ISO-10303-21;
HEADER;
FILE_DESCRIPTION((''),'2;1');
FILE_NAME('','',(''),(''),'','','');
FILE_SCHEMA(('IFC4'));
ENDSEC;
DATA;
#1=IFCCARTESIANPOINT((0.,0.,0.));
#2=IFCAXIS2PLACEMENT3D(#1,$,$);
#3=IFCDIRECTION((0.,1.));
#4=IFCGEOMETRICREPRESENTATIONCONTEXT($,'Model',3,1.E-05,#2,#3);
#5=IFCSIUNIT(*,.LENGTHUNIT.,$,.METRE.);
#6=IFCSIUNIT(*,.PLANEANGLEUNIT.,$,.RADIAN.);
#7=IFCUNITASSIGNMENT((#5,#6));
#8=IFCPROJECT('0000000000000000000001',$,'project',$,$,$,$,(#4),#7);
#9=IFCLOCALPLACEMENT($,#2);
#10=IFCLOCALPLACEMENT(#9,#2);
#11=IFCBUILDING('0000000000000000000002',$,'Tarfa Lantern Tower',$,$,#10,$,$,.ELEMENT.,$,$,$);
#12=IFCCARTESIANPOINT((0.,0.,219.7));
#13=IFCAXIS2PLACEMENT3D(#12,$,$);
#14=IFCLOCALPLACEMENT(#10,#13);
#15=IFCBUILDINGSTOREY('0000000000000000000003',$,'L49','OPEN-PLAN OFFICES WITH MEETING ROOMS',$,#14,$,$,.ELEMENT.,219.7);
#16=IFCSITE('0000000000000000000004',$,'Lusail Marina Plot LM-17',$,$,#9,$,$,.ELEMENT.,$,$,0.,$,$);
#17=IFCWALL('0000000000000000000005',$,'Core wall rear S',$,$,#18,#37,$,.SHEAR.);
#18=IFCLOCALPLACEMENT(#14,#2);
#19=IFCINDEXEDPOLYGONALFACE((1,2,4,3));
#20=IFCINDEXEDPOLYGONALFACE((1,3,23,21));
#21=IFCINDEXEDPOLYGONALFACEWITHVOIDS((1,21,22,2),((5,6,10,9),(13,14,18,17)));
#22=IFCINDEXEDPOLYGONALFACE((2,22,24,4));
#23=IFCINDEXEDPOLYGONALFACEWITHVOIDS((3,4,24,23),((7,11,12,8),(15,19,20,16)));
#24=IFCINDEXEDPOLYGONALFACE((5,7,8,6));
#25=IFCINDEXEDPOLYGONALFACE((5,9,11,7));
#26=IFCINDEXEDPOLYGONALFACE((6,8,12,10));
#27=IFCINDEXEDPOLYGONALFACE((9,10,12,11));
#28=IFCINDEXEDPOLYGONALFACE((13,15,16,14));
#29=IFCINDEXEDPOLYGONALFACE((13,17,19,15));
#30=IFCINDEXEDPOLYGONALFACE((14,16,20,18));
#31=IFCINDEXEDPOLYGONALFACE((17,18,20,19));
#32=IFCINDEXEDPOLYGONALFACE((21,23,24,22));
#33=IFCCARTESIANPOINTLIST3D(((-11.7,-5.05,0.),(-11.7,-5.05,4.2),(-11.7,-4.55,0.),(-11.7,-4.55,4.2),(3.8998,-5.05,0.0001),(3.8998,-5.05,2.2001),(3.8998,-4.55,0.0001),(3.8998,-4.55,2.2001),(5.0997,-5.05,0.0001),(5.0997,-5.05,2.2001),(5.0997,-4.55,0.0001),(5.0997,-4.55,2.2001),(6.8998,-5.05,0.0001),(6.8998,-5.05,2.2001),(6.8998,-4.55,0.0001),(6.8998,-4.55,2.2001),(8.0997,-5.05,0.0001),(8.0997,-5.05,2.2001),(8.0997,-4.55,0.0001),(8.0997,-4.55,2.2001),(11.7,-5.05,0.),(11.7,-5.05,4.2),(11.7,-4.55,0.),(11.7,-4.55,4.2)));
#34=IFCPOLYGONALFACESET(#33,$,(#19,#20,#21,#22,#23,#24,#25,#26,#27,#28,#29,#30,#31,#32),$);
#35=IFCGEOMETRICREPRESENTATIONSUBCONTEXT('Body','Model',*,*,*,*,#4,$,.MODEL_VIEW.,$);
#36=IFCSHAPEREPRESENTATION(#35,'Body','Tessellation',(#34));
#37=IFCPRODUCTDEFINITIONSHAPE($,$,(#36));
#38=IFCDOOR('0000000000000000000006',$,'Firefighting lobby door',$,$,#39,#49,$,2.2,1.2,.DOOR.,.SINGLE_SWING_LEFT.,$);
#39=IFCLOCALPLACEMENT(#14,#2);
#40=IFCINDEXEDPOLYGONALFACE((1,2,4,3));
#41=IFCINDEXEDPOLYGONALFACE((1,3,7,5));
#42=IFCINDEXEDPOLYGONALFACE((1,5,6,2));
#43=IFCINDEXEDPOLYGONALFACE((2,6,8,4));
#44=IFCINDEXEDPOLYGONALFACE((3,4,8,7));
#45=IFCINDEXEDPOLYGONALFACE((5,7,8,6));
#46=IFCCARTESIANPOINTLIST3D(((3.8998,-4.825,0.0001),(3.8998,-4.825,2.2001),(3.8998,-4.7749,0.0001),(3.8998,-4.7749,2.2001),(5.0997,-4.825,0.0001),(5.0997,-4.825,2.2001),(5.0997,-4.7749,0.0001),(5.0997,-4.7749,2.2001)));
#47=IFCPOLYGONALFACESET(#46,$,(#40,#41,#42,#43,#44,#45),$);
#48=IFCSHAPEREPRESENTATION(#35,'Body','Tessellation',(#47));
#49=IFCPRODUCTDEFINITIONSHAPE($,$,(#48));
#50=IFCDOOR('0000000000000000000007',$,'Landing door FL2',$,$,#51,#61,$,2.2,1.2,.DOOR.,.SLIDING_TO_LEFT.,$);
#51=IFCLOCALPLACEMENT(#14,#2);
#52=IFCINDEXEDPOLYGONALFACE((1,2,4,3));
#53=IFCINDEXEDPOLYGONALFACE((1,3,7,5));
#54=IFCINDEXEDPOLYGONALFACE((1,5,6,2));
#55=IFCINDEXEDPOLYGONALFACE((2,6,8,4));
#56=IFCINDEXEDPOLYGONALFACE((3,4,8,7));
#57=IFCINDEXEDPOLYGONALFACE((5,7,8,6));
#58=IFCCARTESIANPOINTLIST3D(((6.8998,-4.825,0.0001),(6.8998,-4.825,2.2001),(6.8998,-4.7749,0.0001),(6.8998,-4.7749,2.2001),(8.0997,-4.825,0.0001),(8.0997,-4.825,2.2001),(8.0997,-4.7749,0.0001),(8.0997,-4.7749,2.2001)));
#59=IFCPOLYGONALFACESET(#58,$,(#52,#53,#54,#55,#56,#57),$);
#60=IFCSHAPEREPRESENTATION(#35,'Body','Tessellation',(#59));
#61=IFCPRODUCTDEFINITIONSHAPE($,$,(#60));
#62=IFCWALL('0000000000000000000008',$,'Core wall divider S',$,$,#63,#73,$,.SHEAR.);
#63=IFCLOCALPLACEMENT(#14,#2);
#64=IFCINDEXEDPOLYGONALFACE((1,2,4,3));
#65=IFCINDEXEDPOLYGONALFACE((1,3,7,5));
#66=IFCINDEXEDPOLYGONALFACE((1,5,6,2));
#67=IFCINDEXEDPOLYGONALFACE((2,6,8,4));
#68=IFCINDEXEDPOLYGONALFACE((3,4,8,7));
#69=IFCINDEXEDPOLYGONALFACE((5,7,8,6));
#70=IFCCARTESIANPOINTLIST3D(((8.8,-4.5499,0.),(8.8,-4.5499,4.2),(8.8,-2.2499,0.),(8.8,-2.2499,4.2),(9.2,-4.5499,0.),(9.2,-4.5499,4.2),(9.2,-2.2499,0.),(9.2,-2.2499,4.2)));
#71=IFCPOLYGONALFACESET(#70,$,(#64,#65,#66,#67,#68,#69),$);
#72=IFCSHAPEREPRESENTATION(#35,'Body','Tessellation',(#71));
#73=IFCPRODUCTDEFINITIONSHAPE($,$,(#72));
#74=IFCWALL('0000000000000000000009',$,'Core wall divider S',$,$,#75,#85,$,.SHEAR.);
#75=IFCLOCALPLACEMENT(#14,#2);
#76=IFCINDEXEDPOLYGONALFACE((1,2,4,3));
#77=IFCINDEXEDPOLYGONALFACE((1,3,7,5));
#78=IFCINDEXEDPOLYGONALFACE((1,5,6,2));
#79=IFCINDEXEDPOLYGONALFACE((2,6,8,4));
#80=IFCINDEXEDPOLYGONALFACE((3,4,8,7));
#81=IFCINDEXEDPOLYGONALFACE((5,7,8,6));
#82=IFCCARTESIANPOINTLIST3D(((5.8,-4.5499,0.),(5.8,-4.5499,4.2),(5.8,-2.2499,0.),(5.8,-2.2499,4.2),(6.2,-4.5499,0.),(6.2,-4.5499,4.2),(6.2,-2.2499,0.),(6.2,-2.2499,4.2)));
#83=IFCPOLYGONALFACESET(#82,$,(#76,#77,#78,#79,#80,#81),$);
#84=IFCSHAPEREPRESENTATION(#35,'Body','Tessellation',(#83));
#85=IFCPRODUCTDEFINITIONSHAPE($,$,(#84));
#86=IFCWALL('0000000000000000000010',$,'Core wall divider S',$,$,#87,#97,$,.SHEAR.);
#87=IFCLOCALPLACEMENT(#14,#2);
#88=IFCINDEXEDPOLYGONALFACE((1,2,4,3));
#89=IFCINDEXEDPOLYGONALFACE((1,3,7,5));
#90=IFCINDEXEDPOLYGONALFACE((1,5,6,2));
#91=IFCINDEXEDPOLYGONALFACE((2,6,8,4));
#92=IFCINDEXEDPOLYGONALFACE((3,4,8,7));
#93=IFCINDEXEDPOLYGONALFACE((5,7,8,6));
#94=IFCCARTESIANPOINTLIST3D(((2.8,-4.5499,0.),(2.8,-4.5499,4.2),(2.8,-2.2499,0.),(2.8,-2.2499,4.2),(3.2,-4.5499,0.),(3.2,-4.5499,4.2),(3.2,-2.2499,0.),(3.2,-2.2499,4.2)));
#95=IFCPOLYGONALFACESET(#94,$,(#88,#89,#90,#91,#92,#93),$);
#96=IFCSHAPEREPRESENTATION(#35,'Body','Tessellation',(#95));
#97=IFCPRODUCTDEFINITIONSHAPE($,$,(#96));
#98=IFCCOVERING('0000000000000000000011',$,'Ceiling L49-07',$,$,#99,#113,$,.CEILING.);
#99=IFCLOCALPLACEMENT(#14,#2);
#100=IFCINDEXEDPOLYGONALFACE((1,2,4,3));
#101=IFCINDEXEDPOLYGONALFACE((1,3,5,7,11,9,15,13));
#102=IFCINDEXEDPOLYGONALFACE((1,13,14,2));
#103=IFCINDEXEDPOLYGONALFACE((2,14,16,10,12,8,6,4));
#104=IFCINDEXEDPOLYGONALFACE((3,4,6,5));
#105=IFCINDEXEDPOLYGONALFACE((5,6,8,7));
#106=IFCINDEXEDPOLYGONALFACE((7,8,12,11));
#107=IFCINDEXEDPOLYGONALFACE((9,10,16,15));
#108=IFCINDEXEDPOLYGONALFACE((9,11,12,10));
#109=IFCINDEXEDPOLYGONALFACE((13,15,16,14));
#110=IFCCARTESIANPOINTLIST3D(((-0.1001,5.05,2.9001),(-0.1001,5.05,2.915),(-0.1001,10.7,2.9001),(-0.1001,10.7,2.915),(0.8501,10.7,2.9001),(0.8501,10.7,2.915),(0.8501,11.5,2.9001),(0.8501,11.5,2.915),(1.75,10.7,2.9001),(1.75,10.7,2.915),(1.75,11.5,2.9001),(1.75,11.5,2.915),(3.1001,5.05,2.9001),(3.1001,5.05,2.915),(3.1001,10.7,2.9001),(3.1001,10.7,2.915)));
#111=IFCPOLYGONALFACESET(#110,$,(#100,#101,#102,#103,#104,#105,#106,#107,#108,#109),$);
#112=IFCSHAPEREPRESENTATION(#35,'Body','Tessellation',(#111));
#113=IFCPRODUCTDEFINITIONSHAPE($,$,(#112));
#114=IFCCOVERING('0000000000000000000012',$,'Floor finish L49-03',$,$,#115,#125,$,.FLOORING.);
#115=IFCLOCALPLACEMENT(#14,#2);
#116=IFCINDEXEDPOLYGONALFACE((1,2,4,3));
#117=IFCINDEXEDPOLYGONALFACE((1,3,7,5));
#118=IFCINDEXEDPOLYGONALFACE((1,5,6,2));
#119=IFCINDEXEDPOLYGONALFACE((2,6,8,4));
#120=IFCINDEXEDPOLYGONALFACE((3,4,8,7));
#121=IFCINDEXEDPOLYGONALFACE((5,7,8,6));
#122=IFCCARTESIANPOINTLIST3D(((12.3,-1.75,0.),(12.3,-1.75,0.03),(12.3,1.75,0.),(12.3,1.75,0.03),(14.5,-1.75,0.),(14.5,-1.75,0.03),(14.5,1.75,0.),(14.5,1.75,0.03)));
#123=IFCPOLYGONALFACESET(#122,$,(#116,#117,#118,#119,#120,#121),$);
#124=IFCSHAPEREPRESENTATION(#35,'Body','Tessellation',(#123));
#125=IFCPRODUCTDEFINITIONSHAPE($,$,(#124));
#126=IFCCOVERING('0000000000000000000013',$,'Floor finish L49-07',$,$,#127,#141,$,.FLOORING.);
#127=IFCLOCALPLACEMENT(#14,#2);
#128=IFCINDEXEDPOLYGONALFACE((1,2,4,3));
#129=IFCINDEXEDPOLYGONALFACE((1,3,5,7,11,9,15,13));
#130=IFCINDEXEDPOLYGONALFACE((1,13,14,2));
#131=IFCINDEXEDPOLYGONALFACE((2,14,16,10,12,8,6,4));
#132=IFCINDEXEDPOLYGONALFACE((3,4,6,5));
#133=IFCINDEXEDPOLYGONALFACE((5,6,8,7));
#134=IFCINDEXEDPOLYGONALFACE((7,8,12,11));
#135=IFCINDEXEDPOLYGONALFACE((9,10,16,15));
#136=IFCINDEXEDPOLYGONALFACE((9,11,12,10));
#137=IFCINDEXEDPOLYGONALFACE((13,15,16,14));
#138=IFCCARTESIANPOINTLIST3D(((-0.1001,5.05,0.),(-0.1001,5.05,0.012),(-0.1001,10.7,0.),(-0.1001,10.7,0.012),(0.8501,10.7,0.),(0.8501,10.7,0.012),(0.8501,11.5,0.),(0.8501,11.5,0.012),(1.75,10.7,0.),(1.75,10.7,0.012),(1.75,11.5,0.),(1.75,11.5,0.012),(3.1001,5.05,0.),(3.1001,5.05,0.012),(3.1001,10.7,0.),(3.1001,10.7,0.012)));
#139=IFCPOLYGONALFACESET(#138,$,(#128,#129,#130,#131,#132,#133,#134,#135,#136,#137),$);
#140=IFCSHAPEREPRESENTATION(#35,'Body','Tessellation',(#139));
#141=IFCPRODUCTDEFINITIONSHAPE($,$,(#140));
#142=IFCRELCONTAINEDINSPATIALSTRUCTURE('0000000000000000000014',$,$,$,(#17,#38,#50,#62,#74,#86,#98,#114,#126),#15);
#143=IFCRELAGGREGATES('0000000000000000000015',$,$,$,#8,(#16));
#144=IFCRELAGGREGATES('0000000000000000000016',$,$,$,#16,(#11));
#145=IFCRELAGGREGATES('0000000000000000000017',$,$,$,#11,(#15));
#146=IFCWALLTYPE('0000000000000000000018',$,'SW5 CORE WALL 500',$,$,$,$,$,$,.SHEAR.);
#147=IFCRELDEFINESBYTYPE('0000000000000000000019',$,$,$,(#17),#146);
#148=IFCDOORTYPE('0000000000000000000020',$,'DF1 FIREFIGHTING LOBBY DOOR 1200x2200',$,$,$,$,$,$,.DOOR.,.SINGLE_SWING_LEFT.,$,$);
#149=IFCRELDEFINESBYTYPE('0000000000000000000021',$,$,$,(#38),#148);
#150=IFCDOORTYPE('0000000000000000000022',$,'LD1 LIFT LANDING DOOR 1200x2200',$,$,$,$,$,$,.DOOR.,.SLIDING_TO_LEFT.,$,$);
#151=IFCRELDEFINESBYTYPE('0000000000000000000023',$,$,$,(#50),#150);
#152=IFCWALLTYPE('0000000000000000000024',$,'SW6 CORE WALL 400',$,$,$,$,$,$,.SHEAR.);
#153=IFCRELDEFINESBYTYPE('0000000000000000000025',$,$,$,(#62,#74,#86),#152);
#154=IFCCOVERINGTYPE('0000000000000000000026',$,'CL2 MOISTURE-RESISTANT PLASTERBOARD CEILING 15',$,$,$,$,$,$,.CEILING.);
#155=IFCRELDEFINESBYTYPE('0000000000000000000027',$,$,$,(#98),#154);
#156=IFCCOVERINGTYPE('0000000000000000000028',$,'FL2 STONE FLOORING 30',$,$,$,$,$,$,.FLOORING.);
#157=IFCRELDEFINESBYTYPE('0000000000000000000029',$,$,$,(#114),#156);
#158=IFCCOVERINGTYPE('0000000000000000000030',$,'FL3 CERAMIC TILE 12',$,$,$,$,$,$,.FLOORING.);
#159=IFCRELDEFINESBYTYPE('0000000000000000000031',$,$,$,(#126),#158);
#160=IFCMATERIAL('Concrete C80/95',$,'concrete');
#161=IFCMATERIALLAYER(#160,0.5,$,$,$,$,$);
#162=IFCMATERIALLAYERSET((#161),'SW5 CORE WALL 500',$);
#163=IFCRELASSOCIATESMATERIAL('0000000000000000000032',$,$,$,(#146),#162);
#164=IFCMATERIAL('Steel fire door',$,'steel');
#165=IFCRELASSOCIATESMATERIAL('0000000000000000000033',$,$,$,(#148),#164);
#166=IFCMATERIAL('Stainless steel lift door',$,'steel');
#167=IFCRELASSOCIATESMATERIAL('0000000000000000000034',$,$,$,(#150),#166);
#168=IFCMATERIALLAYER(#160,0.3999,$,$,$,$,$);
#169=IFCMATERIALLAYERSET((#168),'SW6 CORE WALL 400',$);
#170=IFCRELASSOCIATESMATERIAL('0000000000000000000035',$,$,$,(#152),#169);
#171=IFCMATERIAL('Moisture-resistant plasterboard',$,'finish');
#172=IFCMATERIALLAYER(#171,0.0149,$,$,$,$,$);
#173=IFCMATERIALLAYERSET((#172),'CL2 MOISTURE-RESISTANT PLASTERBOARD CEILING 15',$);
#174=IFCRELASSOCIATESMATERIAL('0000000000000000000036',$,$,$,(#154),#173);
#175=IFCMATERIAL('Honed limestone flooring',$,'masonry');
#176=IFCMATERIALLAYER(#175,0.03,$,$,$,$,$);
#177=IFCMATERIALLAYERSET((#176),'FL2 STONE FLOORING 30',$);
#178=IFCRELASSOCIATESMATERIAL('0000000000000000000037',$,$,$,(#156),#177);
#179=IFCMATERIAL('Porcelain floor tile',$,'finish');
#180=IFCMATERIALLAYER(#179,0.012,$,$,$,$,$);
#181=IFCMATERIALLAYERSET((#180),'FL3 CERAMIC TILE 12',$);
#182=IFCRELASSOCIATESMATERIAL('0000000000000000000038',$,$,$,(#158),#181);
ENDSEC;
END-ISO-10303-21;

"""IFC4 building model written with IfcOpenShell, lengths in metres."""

from ifc_helpers import new_model, si_unit, direction, frame, frame_2d, origin, place, context, subcontext, project, spatial, polyline, rectangle, outline, extrude, material, layer, layer_set, type_object, element, fill, save


model = new_model("IFC4")

# Units and contexts
model_context = context("Model", 3, precision=1e-05, world=origin(), true_north=direction((0.0, 1.0)))
body_context = subcontext(model_context, "Body", "Model", "MODEL_VIEW")
ifc_project = project(units=[si_unit("LENGTHUNIT", "METRE"), si_unit("PLANEANGLEUNIT", "RADIAN")], contexts=[model_context])

# Site, building, storey
site_placement = place(None, origin())
site = spatial("IfcSite", under=ifc_project, at=site_placement, Name="Lusail Marina Plot LM-17", CompositionType="ELEMENT", RefElevation=0.0)
building_placement = place(site_placement, origin())
building = spatial("IfcBuilding", under=site, at=building_placement, Name="Tarfa Lantern Tower", CompositionType="ELEMENT")
storey_placement = place(building_placement, frame((0.0, 0.0, 219.7)))
storey = spatial("IfcBuildingStorey", under=building, at=storey_placement, Name="L49", Description="OPEN-PLAN OFFICES WITH MEETING ROOMS", CompositionType="ELEMENT", Elevation=219.7)

# Shared definitions
ifc_material_1 = material(Name="Concrete C80/95", Category="concrete")
ifc_layer_1 = layer(ifc_material_1, 0.5)
ifc_layer_set_1 = layer_set([ifc_layer_1], Name="SW5 CORE WALL 500")
wall_type_1 = type_object("IfcWallType", Name="SW5 CORE WALL 500", PredefinedType="SHEAR", material=ifc_layer_set_1)

# Wall, openings, doors
ifc_material_2 = material(Name="Stainless steel lift door", Category="steel")
wall_1_placement = place(storey_placement, frame((11.7, -4.8, 0.0), z_axis=(0.0, 0.0, 1.0), x_axis=(-1.0, 0.0, 0.0)))
wall_1 = element("IfcWall", 1, at=wall_1_placement, inside=storey, type_object=wall_type_1, Name="Core wall rear S", PredefinedType="SHEAR", context=body_context, shape_type="SweptSolid", body=[
    extrude(rectangle(XDim=23.3999, YDim=0.5, at=frame_2d((11.7, 0.0))), origin(), (0.0, 0.0, 1.0), 4.2),
])
opening_1_placement = place(wall_1_placement, frame((6.6001, 0.0, 0.0)))
opening_1 = element("IfcOpeningElement", 2, at=opening_1_placement, cuts=wall_1, PredefinedType="OPENING", context=body_context, shape_type="SweptSolid", body=[
    extrude(rectangle(XDim=1.2, YDim=2.2, at=frame_2d((0.6001, 1.1001))), frame((0.0, 0.26, 0.0), z_axis=(0.0, -1.0, 0.0), x_axis=(1.0, 0.0, 0.0)), (0.0, 0.0, 1.0), 0.52),
])
opening_2_placement = place(wall_1_placement, frame((3.6001, 0.0, 0.0)))
opening_2 = element("IfcOpeningElement", 3, at=opening_2_placement, cuts=wall_1, PredefinedType="OPENING", context=body_context, shape_type="SweptSolid", body=[
    extrude(rectangle(XDim=1.2, YDim=2.2, at=frame_2d((0.6001, 1.1001))), frame((0.0, 0.26, 0.0), z_axis=(0.0, -1.0, 0.0), x_axis=(1.0, 0.0, 0.0)), (0.0, 0.0, 1.0), 0.52),
])
ifc_material_3 = material(Name="Steel fire door", Category="steel")
door_type_1 = type_object("IfcDoorType", Name="DF1 FIREFIGHTING LOBBY DOOR 1200x2200", OperationType="SINGLE_SWING_LEFT", PredefinedType="DOOR", material=ifc_material_3)
door_1_placement = place(opening_1_placement, origin())
door_1 = element("IfcDoor", 4, at=door_1_placement, inside=storey, type_object=door_type_1, Name="Firefighting lobby door", OperationType="SINGLE_SWING_LEFT", OverallHeight=2.2, OverallWidth=1.2, PredefinedType="DOOR", context=body_context, shape_type="SweptSolid", body=[
    extrude(rectangle(XDim=1.2, YDim=2.2, at=frame_2d((0.6001, 1.1001))), frame((0.0, 0.0249, 0.0), z_axis=(0.0, -1.0, 0.0), x_axis=(1.0, 0.0, 0.0)), (0.0, 0.0, 1.0), 0.05),
])
fill(opening_1, door_1)
door_type_2 = type_object("IfcDoorType", Name="LD1 LIFT LANDING DOOR 1200x2200", OperationType="SLIDING_TO_LEFT", PredefinedType="DOOR", material=ifc_material_2)
door_2_placement = place(opening_2_placement, origin())
door_2 = element("IfcDoor", 5, at=door_2_placement, inside=storey, type_object=door_type_2, Name="Landing door FL2", OperationType="SLIDING_TO_LEFT", OverallHeight=2.2, OverallWidth=1.2, PredefinedType="DOOR", context=body_context, shape_type="SweptSolid", body=[
    extrude(rectangle(XDim=1.2, YDim=2.2, at=frame_2d((0.6001, 1.1001))), frame((0.0, 0.0249, 0.0), z_axis=(0.0, -1.0, 0.0), x_axis=(1.0, 0.0, 0.0)), (0.0, 0.0, 1.0), 0.05),
])
fill(opening_2, door_2)

# Walls
ifc_layer_2 = layer(ifc_material_1, 0.3999)
ifc_layer_set_2 = layer_set([ifc_layer_2], Name="SW6 CORE WALL 400")
wall_type_2 = type_object("IfcWallType", Name="SW6 CORE WALL 400", PredefinedType="SHEAR", material=ifc_layer_set_2)
for number, where, z_axis, x_axis, name in (
    (6, (9.0, -2.25, 0.0), (0.0, 0.0, 1.0), (0.0, -1.0, 0.0), "Core wall divider S"),
    (7, (6.0, -2.25, 0.0), (0.0, 0.0, 1.0), (0.0, -1.0, 0.0), "Core wall divider S"),
    (8, (3.0, -2.25, 0.0), (0.0, 0.0, 1.0), (0.0, -1.0, 0.0), "Core wall divider S"),
):
    element("IfcWall", number, at=place(storey_placement, frame(where, z_axis=z_axis, x_axis=x_axis)), inside=storey, type_object=wall_type_2, Name=name, PredefinedType="SHEAR", context=body_context, shape_type="SweptSolid", body=[
        extrude(rectangle(XDim=2.3, YDim=0.3999, at=frame_2d((1.1499, 0.0))), origin(), (0.0, 0.0, 1.0), 4.2),
    ])

# Coverings
ifc_material_4 = material(Name="Moisture-resistant plasterboard", Category="finish")
ifc_layer_3 = layer(ifc_material_4, 0.0149)
ifc_layer_set_3 = layer_set([ifc_layer_3], Name="CL2 MOISTURE-RESISTANT PLASTERBOARD CEILING 15")
covering_type_1 = type_object("IfcCoveringType", Name="CL2 MOISTURE-RESISTANT PLASTERBOARD CEILING 15", PredefinedType="CEILING", material=ifc_layer_set_3)
covering_1_placement = place(storey_placement, frame((0.0, 0.0, 2.9001)))
element("IfcCovering", 9, at=covering_1_placement, inside=storey, type_object=covering_type_1, Name="Ceiling L49-07", PredefinedType="CEILING", context=body_context, shape_type="SweptSolid", body=[
    extrude(outline(polyline([(0.8501, 10.7), (-0.1001, 10.7), (-0.1001, 5.05), (3.1001, 5.05), (3.1001, 10.7), (1.75, 10.7), (1.75, 11.5), (0.8501, 11.5), (0.8501, 10.7)])), origin(), (0.0, 0.0, 1.0), 0.0149),
])
ifc_material_5 = material(Name="Honed limestone flooring", Category="masonry")
ifc_layer_4 = layer(ifc_material_5, 0.03)
ifc_layer_set_4 = layer_set([ifc_layer_4], Name="FL2 STONE FLOORING 30")
covering_type_2 = type_object("IfcCoveringType", Name="FL2 STONE FLOORING 30", PredefinedType="FLOORING", material=ifc_layer_set_4)
covering_2_placement = place(storey_placement, origin())
element("IfcCovering", 10, at=covering_2_placement, inside=storey, type_object=covering_type_2, Name="Floor finish L49-03", PredefinedType="FLOORING", context=body_context, shape_type="SweptSolid", body=[
    extrude(outline(polyline([(12.3, -1.75), (14.5, -1.75), (14.5, 1.75), (12.3, 1.75), (12.3, -1.75)])), origin(), (0.0, 0.0, 1.0), 0.03),
])
ifc_material_6 = material(Name="Porcelain floor tile", Category="finish")
ifc_layer_5 = layer(ifc_material_6, 0.012)
ifc_layer_set_5 = layer_set([ifc_layer_5], Name="FL3 CERAMIC TILE 12")
covering_type_3 = type_object("IfcCoveringType", Name="FL3 CERAMIC TILE 12", PredefinedType="FLOORING", material=ifc_layer_set_5)
covering_3_placement = place(storey_placement, origin())
element("IfcCovering", 11, at=covering_3_placement, inside=storey, type_object=covering_type_3, Name="Floor finish L49-07", PredefinedType="FLOORING", context=body_context, shape_type="SweptSolid", body=[
    extrude(outline(polyline([(0.8501, 10.7), (-0.1001, 10.7), (-0.1001, 5.05), (3.1001, 5.05), (3.1001, 10.7), (1.75, 10.7), (1.75, 11.5), (0.8501, 11.5), (0.8501, 10.7)])), origin(), (0.0, 0.0, 1.0), 0.012),
])

save(model, "model.ifc")
